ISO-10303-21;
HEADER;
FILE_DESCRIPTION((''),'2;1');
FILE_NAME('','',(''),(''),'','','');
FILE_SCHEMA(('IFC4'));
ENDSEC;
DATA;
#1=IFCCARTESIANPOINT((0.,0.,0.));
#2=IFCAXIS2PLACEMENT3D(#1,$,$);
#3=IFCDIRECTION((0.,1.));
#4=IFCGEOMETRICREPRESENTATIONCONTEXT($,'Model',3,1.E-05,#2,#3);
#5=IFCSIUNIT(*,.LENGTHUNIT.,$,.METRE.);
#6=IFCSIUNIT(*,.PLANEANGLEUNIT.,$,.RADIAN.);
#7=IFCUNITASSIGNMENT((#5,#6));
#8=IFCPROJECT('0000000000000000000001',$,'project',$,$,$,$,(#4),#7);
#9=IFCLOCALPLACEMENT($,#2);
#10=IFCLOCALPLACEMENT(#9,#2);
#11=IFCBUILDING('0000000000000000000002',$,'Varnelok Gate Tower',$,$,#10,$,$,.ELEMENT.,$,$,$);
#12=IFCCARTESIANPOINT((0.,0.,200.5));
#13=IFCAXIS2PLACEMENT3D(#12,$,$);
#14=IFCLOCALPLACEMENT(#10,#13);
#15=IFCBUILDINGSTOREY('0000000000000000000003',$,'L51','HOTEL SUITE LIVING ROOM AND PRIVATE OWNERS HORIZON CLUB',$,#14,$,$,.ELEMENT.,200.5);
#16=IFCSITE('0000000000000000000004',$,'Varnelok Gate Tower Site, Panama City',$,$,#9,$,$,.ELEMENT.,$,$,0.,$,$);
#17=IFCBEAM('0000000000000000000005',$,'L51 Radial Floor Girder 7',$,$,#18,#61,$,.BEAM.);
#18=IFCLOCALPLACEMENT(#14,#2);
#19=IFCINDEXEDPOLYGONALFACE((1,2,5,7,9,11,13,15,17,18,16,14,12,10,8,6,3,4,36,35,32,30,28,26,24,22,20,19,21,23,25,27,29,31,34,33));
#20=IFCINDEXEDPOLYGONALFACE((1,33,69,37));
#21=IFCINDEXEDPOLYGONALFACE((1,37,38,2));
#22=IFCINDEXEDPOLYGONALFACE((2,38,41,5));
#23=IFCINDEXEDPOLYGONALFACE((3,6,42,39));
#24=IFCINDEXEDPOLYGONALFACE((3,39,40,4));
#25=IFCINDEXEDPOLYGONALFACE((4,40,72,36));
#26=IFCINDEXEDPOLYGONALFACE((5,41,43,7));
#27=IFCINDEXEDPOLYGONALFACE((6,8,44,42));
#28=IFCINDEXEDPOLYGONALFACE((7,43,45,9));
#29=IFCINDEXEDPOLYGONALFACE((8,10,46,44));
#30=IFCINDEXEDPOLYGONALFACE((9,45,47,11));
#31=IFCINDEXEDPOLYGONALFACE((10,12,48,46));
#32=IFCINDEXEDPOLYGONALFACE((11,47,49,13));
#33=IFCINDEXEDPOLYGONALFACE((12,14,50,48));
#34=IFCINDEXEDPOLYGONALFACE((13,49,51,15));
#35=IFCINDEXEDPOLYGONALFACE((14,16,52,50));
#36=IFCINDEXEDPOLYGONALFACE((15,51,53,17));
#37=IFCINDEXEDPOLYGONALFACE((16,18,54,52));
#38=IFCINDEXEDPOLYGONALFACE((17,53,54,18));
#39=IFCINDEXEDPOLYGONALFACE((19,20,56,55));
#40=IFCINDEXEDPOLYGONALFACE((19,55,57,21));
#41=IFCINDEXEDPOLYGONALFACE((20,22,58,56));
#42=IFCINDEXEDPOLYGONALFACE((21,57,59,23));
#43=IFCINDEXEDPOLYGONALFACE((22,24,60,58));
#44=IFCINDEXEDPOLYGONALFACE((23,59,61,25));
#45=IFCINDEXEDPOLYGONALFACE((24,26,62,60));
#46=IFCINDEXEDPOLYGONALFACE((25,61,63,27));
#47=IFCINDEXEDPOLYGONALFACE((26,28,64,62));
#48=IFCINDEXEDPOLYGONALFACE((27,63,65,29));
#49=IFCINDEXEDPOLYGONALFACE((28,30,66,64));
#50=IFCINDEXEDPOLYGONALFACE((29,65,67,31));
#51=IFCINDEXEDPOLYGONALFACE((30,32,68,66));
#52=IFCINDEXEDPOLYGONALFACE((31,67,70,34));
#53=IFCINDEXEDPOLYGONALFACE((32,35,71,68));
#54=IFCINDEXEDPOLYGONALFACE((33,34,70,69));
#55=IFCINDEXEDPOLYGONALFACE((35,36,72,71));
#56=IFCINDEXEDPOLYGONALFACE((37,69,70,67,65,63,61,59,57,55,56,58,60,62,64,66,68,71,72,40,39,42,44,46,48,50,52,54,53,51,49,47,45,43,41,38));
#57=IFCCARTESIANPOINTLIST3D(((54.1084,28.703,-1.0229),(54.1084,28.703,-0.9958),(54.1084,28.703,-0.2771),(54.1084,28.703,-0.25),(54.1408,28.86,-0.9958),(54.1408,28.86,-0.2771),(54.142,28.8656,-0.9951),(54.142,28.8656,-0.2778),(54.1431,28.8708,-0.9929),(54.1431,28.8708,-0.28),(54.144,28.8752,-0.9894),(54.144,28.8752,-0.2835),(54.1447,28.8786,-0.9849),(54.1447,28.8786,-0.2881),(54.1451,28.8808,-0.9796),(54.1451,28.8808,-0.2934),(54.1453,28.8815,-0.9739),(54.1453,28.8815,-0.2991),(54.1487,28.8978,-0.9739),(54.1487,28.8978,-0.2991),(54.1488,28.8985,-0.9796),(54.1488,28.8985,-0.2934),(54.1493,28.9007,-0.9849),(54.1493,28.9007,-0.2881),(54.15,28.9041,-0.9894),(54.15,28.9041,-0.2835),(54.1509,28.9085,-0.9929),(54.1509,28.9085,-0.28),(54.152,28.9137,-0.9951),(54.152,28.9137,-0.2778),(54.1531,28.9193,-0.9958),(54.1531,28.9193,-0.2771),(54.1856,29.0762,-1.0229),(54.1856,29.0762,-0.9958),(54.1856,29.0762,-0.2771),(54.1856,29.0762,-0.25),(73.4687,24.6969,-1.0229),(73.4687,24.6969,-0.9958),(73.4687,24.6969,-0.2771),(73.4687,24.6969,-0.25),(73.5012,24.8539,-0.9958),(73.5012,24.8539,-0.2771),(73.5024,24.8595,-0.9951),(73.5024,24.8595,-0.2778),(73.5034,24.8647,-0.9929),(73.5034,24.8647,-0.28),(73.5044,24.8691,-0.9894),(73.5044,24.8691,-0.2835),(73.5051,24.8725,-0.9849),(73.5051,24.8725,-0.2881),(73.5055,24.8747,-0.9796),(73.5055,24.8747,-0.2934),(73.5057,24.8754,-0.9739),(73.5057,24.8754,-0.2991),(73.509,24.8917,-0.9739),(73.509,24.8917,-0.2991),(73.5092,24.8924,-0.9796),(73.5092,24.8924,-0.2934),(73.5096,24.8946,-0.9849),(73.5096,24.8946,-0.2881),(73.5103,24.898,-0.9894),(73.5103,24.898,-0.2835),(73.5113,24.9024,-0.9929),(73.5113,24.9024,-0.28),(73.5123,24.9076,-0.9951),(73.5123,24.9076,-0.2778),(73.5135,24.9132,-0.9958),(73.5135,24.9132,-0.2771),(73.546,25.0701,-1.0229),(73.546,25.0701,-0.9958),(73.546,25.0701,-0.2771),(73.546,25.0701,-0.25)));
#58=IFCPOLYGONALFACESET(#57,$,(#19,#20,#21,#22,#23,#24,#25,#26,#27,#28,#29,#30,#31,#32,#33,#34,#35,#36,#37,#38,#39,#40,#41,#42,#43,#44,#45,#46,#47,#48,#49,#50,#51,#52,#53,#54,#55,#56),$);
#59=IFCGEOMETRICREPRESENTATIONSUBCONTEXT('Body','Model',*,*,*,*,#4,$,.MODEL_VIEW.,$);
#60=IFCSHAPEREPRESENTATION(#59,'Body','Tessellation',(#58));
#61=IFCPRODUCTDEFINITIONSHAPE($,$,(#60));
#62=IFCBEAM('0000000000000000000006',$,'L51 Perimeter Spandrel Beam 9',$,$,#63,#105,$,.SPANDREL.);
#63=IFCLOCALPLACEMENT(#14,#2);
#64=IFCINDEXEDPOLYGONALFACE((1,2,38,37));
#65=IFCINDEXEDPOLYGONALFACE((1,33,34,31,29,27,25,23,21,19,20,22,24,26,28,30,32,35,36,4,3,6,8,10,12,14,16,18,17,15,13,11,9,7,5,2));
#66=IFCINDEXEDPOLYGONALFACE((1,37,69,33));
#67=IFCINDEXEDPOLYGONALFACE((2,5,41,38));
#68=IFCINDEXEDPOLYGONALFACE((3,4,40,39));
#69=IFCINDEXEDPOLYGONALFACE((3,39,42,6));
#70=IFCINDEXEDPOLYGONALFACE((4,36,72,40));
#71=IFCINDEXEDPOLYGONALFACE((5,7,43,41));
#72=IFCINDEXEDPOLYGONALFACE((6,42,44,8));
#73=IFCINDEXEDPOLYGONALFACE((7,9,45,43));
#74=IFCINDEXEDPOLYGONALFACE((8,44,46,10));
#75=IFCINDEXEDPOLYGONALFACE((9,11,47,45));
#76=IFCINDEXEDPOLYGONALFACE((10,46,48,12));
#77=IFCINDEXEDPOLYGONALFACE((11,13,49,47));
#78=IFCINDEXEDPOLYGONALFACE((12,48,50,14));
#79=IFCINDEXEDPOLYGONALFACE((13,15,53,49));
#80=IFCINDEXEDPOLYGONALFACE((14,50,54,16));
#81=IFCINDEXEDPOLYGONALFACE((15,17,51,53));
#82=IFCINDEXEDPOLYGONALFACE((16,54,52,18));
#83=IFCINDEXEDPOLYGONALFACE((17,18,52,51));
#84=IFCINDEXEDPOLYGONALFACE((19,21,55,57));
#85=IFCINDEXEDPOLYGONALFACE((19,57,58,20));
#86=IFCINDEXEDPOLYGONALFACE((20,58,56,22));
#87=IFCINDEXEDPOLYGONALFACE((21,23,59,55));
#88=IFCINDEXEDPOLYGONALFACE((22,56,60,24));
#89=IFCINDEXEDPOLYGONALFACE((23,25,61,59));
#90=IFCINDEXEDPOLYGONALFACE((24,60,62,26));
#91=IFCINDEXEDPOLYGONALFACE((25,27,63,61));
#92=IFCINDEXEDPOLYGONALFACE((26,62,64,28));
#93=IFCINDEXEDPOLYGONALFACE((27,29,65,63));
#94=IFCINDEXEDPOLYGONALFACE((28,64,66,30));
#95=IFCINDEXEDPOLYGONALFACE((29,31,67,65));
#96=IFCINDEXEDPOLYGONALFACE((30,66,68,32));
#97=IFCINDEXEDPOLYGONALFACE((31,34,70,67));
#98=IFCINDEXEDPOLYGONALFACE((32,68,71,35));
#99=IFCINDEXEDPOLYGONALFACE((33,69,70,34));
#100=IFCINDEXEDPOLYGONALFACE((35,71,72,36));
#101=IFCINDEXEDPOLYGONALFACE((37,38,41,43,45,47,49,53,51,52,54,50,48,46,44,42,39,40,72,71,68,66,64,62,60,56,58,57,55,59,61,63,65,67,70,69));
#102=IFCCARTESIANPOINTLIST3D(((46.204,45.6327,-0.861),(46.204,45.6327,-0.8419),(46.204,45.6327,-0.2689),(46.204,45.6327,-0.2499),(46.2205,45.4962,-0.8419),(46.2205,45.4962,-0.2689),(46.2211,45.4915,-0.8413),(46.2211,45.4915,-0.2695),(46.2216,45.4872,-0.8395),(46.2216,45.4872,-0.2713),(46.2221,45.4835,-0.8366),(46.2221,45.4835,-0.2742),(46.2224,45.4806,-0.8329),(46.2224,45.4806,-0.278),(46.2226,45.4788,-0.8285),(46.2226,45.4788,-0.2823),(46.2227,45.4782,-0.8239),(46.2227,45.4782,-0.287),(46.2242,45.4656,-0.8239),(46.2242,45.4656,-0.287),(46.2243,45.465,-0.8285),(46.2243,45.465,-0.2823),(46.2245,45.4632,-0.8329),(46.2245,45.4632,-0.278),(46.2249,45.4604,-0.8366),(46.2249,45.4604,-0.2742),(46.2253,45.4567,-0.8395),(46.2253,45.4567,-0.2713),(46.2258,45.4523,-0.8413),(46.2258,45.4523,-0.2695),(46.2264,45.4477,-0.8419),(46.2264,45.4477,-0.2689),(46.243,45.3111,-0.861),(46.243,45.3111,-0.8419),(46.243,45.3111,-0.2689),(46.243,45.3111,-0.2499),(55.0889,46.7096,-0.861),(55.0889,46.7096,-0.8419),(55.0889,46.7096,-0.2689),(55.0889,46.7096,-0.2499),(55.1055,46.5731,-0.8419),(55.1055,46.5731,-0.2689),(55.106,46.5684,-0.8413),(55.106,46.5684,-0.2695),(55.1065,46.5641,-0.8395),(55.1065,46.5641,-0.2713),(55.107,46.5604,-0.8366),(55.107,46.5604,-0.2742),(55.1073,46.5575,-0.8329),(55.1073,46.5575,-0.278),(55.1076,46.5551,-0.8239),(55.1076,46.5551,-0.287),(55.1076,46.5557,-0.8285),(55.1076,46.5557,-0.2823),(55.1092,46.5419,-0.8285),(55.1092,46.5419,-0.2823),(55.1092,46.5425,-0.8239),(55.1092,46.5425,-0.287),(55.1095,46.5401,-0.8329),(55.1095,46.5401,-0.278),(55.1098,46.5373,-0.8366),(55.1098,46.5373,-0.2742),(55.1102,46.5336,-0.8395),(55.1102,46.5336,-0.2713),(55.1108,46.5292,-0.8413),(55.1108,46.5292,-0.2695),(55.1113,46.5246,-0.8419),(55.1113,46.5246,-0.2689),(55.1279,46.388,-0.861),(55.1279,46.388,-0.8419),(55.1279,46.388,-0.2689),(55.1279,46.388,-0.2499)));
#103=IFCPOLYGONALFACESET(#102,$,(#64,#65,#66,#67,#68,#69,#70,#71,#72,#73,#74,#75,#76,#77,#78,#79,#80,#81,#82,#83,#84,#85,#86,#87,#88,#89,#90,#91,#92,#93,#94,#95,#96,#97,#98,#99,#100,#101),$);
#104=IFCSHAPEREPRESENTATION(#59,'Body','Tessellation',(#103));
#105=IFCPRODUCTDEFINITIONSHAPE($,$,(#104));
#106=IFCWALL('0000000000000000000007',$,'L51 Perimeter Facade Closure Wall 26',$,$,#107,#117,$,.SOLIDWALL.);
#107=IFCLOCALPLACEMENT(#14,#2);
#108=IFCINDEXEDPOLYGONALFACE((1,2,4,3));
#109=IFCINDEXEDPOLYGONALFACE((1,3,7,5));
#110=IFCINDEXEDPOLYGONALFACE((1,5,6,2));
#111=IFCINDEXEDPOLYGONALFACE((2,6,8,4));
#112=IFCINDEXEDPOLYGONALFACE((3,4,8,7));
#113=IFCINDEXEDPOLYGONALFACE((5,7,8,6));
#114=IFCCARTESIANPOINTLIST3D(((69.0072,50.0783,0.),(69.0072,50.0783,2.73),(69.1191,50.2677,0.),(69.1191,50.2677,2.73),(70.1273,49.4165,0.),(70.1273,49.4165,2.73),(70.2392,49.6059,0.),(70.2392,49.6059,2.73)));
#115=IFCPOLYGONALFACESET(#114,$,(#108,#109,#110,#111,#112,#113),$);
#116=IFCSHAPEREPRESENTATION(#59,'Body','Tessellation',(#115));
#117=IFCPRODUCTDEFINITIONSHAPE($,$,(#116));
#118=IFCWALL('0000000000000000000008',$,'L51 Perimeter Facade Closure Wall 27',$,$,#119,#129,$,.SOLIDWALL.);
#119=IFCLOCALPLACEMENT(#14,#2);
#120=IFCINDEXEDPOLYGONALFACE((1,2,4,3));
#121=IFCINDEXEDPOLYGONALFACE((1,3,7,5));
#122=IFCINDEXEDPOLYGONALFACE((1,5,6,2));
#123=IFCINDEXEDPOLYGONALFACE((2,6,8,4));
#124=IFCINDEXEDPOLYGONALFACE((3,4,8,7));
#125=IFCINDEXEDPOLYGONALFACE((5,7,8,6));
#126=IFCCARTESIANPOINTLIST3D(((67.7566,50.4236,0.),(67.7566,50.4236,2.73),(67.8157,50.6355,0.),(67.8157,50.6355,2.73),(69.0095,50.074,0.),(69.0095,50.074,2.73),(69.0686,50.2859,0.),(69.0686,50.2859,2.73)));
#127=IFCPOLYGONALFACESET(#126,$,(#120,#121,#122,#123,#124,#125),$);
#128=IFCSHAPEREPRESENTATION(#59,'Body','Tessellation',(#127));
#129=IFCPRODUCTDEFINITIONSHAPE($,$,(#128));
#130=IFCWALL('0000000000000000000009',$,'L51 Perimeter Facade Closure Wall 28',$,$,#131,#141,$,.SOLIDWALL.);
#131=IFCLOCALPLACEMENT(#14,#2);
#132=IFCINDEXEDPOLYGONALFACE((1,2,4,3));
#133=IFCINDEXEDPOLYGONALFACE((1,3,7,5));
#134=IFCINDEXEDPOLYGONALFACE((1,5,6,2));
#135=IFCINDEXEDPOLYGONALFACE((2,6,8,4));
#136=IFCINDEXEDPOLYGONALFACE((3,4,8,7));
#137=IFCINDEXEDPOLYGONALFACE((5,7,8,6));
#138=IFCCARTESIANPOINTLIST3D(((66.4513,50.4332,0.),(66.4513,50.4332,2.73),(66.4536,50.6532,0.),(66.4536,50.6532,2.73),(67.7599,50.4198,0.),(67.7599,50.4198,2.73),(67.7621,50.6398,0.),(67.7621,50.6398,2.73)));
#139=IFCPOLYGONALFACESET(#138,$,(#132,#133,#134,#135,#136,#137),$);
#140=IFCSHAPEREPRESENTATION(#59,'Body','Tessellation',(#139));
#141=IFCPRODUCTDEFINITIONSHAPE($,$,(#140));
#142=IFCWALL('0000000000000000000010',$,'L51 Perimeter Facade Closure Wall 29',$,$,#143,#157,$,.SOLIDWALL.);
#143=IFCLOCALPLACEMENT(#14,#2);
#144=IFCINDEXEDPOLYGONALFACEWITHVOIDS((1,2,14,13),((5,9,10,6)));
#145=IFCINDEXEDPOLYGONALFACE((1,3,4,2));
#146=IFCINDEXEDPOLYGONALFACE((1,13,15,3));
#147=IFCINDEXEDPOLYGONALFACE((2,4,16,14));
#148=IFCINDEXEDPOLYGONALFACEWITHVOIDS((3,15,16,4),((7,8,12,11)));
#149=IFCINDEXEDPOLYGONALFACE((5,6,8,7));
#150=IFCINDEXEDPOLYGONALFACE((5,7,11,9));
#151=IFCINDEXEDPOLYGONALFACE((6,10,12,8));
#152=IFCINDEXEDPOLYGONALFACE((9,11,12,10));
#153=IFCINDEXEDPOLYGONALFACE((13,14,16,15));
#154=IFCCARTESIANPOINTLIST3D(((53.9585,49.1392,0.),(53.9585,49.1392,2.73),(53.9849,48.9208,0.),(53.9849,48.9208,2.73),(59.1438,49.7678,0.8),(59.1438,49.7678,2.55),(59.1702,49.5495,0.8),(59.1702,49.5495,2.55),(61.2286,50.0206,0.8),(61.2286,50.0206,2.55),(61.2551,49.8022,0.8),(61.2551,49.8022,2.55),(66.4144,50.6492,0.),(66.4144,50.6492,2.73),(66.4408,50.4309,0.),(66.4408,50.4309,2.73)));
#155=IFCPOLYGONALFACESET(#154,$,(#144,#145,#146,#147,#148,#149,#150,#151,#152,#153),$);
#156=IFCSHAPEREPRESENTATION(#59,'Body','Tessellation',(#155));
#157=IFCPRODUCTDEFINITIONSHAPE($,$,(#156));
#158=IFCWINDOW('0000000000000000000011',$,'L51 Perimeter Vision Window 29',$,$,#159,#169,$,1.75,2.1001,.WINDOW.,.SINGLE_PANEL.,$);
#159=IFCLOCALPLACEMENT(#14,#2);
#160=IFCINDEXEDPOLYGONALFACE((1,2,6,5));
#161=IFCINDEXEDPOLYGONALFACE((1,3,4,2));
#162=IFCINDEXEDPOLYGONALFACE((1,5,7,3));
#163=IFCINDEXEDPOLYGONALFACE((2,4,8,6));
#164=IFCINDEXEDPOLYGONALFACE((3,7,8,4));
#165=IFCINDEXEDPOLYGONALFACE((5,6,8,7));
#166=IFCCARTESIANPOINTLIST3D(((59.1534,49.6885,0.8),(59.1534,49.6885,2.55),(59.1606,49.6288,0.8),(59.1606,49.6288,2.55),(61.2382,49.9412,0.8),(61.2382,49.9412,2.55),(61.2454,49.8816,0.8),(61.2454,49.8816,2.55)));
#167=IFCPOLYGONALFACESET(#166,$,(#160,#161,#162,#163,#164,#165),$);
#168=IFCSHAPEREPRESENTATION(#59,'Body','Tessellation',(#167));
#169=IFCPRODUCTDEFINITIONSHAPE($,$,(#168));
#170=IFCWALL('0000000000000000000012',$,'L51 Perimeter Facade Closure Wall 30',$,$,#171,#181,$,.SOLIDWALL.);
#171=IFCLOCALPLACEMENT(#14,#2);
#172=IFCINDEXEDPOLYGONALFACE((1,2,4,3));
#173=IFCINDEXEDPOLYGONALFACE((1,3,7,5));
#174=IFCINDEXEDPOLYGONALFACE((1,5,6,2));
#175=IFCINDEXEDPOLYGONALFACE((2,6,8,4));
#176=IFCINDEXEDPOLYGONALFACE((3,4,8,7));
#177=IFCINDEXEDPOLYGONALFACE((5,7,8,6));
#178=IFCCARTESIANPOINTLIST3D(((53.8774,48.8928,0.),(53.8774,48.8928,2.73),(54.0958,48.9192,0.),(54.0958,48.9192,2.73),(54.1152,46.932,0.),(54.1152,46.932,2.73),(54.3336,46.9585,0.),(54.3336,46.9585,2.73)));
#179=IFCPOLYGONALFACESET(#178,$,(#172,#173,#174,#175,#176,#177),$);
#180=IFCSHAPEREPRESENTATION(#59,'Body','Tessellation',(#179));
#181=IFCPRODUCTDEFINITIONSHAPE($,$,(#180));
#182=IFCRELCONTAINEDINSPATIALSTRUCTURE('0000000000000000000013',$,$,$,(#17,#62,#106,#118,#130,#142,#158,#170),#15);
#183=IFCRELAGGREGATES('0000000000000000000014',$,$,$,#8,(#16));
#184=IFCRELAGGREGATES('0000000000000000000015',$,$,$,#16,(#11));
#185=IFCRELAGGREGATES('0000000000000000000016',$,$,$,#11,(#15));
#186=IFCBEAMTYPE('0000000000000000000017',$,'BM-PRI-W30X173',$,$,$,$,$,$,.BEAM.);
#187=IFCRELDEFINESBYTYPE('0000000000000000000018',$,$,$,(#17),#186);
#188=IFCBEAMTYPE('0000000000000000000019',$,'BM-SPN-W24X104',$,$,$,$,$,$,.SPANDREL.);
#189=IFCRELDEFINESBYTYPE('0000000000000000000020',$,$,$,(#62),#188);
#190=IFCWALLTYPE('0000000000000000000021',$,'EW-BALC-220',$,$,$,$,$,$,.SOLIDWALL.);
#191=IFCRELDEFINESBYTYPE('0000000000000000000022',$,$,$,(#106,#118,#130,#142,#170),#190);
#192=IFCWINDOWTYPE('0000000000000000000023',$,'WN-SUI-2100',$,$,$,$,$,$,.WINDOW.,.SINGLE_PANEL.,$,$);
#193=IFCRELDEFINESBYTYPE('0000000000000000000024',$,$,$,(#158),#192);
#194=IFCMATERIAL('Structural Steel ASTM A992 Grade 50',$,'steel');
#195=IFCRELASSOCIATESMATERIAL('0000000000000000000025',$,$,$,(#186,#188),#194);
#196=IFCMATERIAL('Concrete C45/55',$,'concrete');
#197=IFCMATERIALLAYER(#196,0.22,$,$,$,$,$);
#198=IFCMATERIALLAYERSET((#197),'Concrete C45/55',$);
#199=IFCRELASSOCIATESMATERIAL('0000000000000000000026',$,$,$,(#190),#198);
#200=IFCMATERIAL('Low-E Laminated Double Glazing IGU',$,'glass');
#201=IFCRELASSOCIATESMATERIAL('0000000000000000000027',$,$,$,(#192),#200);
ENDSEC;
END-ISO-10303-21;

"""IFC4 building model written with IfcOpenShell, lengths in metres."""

from ifc_helpers import new_model, si_unit, direction, frame, frame_2d, origin, origin_2d, place, context, subcontext, project, spatial, rectangle, i_section, extrude, material, layer, layer_set, material_profile, profile_set, type_object, element, fill, save


model = new_model("IFC4")

# Units and contexts
model_context = context("Model", 3, precision=1e-05, world=origin(), true_north=direction((0.0, 1.0)))
body_context = subcontext(model_context, "Body", "Model", "MODEL_VIEW")
ifc_project = project(units=[si_unit("LENGTHUNIT", "METRE"), si_unit("PLANEANGLEUNIT", "RADIAN")], contexts=[model_context])

# Site, building, storey
site_placement = place(None, origin())
site = spatial("IfcSite", under=ifc_project, at=site_placement, Name="Varnelok Gate Tower Site, Panama City", CompositionType="ELEMENT", RefElevation=0.0)
building_placement = place(site_placement, origin())
building = spatial("IfcBuilding", under=site, at=building_placement, Name="Varnelok Gate Tower", CompositionType="ELEMENT")
storey_placement = place(building_placement, frame((0.0, 0.0, 200.5)))
storey = spatial("IfcBuildingStorey", under=building, at=storey_placement, Name="L51", Description="HOTEL SUITE LIVING ROOM AND PRIVATE OWNERS HORIZON CLUB", CompositionType="ELEMENT", Elevation=200.5)

# Shared definitions
ifc_material_1 = material(Name="Structural Steel ASTM A992 Grade 50", Category="steel")

# Beams
ifc_material_profile_1 = material_profile(ifc_material_1, i_section(OverallWidth=0.3811, OverallDepth=0.7729, WebThickness=0.0166, FlangeThickness=0.0271, FilletRadius=0.022, at=origin_2d()), Name="W30X173")
ifc_profile_set_1 = profile_set([ifc_material_profile_1], Name="Structural Steel ASTM A992 Grade 50")
beam_type_1 = type_object("IfcBeamType", Name="BM-PRI-W30X173", PredefinedType="BEAM", material=ifc_profile_set_1)
beam_1_placement = place(storey_placement, frame((54.147, 28.8896, -0.6365), z_axis=(0.979255, -0.202631, 0.0), x_axis=(0.202631, 0.979255, 0.0)))
element("IfcBeam", 1, at=beam_1_placement, inside=storey, type_object=beam_type_1, Name="L51 Radial Floor Girder 7", PredefinedType="BEAM", context=body_context, shape_type="SweptSolid", body=[
    extrude(i_section(OverallWidth=0.3811, OverallDepth=0.7729, WebThickness=0.0166, FlangeThickness=0.0271, FilletRadius=0.022, at=origin_2d()), origin(), (0.0, 0.0, 1.0), 19.7705),
])
ifc_material_profile_2 = material_profile(ifc_material_1, i_section(OverallWidth=0.324, OverallDepth=0.6111, WebThickness=0.0127, FlangeThickness=0.019, FilletRadius=0.0181, at=origin_2d()), Name="W24X104")
ifc_profile_set_2 = profile_set([ifc_material_profile_2], Name="Structural Steel ASTM A992 Grade 50")
beam_type_2 = type_object("IfcBeamType", Name="BM-SPN-W24X104", PredefinedType="SPANDREL", material=ifc_profile_set_2)
beam_2_placement = place(storey_placement, frame((55.1084, 46.5488, -0.5554), z_axis=(-0.992735, -0.120324, 0.0), x_axis=(0.120324, -0.992735, 0.0)))
element("IfcBeam", 2, at=beam_2_placement, inside=storey, type_object=beam_type_2, Name="L51 Perimeter Spandrel Beam 9", PredefinedType="SPANDREL", context=body_context, shape_type="SweptSolid", body=[
    extrude(i_section(OverallWidth=0.324, OverallDepth=0.6111, WebThickness=0.0127, FlangeThickness=0.019, FilletRadius=0.0181, at=origin_2d()), origin(), (0.0, 0.0, 1.0), 8.95),
])

# Walls
ifc_material_2 = material(Name="Concrete C45/55", Category="concrete")
ifc_layer_1 = layer(ifc_material_2, 0.22)
ifc_layer_set_1 = layer_set([ifc_layer_1], Name="Concrete C45/55")
wall_type_1 = type_object("IfcWallType", Name="EW-BALC-220", PredefinedType="SOLIDWALL", material=ifc_layer_set_1)
wall_1_placement = place(storey_placement, frame((70.1831, 49.5112, 0.0), z_axis=(0.0, 0.0, 1.0), x_axis=(-0.860934, 0.508717, 0.0)))
element("IfcWall", 3, at=wall_1_placement, inside=storey, type_object=wall_type_1, Name="L51 Perimeter Facade Closure Wall 26", PredefinedType="SOLIDWALL", context=body_context, shape_type="SweptSolid", body=[
    extrude(rectangle(XDim=1.301, YDim=0.22, at=frame_2d((0.6504, 0.0))), origin(), (0.0, 0.0, 1.0), 2.73),
])
wall_2_placement = place(storey_placement, frame((69.0391, 50.1799, 0.0), z_axis=(0.0, 0.0, 1.0), x_axis=(-0.963205, 0.268767, 0.0)))
element("IfcWall", 4, at=wall_2_placement, inside=storey, type_object=wall_type_1, Name="L51 Perimeter Facade Closure Wall 27", PredefinedType="SOLIDWALL", context=body_context, shape_type="SweptSolid", body=[
    extrude(rectangle(XDim=1.3008, YDim=0.22, at=frame_2d((0.6504, 0.0))), origin(), (0.0, 0.0, 1.0), 2.73),
])
wall_3_placement = place(storey_placement, frame((67.761, 50.5298, 0.0), z_axis=(0.0, 0.0, 1.0), x_axis=(-0.999947, 0.010261, 0.0)))
element("IfcWall", 5, at=wall_3_placement, inside=storey, type_object=wall_type_1, Name="L51 Perimeter Facade Closure Wall 28", PredefinedType="SOLIDWALL", context=body_context, shape_type="SweptSolid", body=[
    extrude(rectangle(XDim=1.3086, YDim=0.22, at=frame_2d((0.6543, 0.0))), origin(), (0.0, 0.0, 1.0), 2.73),
])

# Wall, opening, window
wall_4_placement = place(storey_placement, frame((66.4275, 50.54, 0.0), z_axis=(0.0, 0.0, 1.0), x_axis=(-0.992732, -0.120348, 0.0)))
wall_4 = element("IfcWall", 6, at=wall_4_placement, inside=storey, type_object=wall_type_1, Name="L51 Perimeter Facade Closure Wall 29", PredefinedType="SOLIDWALL", context=body_context, shape_type="SweptSolid", body=[
    extrude(rectangle(XDim=12.5471, YDim=0.22, at=frame_2d((6.2734, 0.0))), origin(), (0.0, 0.0, 1.0), 2.73),
])
opening_1_placement = place(wall_4_placement, frame((5.2236, 0.0, 0.8)))
opening_1 = element("IfcOpeningElement", 7, at=opening_1_placement, cuts=wall_4, PredefinedType="OPENING", context=body_context, shape_type="SweptSolid", body=[
    extrude(rectangle(XDim=2.1001, YDim=1.75, at=frame_2d((1.05, 0.875))), frame((0.0, 0.1199, 0.0), z_axis=(0.0, -1.0, 0.0), x_axis=(1.0, 0.0, 0.0)), (0.0, 0.0, 1.0), 0.24),
])
ifc_material_3 = material(Name="Low-E Laminated Double Glazing IGU", Category="glass")
window_type = type_object("IfcWindowType", Name="WN-SUI-2100", PartitioningType="SINGLE_PANEL", PredefinedType="WINDOW", material=ifc_material_3)
window_placement = place(opening_1_placement, origin())
window = element("IfcWindow", 8, at=window_placement, inside=storey, type_object=window_type, Name="L51 Perimeter Vision Window 29", OverallHeight=1.75, OverallWidth=2.1001, PartitioningType="SINGLE_PANEL", PredefinedType="WINDOW", context=body_context, shape_type="SweptSolid", body=[
    extrude(rectangle(XDim=2.1001, YDim=1.75, at=frame_2d((1.05, 0.875))), frame((0.0, 0.03, 0.0), z_axis=(0.0, -1.0, 0.0), x_axis=(1.0, 0.0, 0.0)), (0.0, 0.0, 1.0), 0.0601),
])
fill(opening_1, window)

# Wall
wall_5_placement = place(storey_placement, frame((53.9866, 48.906, 0.0), z_axis=(0.0, 0.0, 1.0), x_axis=(0.120398, -0.992726, 0.0)))
element("IfcWall", 9, at=wall_5_placement, inside=storey, type_object=wall_type_1, Name="L51 Perimeter Facade Closure Wall 30", PredefinedType="SOLIDWALL", context=body_context, shape_type="SweptSolid", body=[
    extrude(rectangle(XDim=1.9751, YDim=0.22, at=frame_2d((0.9875, 0.0))), origin(), (0.0, 0.0, 1.0), 2.73),
])

save(model, "model.ifc")
